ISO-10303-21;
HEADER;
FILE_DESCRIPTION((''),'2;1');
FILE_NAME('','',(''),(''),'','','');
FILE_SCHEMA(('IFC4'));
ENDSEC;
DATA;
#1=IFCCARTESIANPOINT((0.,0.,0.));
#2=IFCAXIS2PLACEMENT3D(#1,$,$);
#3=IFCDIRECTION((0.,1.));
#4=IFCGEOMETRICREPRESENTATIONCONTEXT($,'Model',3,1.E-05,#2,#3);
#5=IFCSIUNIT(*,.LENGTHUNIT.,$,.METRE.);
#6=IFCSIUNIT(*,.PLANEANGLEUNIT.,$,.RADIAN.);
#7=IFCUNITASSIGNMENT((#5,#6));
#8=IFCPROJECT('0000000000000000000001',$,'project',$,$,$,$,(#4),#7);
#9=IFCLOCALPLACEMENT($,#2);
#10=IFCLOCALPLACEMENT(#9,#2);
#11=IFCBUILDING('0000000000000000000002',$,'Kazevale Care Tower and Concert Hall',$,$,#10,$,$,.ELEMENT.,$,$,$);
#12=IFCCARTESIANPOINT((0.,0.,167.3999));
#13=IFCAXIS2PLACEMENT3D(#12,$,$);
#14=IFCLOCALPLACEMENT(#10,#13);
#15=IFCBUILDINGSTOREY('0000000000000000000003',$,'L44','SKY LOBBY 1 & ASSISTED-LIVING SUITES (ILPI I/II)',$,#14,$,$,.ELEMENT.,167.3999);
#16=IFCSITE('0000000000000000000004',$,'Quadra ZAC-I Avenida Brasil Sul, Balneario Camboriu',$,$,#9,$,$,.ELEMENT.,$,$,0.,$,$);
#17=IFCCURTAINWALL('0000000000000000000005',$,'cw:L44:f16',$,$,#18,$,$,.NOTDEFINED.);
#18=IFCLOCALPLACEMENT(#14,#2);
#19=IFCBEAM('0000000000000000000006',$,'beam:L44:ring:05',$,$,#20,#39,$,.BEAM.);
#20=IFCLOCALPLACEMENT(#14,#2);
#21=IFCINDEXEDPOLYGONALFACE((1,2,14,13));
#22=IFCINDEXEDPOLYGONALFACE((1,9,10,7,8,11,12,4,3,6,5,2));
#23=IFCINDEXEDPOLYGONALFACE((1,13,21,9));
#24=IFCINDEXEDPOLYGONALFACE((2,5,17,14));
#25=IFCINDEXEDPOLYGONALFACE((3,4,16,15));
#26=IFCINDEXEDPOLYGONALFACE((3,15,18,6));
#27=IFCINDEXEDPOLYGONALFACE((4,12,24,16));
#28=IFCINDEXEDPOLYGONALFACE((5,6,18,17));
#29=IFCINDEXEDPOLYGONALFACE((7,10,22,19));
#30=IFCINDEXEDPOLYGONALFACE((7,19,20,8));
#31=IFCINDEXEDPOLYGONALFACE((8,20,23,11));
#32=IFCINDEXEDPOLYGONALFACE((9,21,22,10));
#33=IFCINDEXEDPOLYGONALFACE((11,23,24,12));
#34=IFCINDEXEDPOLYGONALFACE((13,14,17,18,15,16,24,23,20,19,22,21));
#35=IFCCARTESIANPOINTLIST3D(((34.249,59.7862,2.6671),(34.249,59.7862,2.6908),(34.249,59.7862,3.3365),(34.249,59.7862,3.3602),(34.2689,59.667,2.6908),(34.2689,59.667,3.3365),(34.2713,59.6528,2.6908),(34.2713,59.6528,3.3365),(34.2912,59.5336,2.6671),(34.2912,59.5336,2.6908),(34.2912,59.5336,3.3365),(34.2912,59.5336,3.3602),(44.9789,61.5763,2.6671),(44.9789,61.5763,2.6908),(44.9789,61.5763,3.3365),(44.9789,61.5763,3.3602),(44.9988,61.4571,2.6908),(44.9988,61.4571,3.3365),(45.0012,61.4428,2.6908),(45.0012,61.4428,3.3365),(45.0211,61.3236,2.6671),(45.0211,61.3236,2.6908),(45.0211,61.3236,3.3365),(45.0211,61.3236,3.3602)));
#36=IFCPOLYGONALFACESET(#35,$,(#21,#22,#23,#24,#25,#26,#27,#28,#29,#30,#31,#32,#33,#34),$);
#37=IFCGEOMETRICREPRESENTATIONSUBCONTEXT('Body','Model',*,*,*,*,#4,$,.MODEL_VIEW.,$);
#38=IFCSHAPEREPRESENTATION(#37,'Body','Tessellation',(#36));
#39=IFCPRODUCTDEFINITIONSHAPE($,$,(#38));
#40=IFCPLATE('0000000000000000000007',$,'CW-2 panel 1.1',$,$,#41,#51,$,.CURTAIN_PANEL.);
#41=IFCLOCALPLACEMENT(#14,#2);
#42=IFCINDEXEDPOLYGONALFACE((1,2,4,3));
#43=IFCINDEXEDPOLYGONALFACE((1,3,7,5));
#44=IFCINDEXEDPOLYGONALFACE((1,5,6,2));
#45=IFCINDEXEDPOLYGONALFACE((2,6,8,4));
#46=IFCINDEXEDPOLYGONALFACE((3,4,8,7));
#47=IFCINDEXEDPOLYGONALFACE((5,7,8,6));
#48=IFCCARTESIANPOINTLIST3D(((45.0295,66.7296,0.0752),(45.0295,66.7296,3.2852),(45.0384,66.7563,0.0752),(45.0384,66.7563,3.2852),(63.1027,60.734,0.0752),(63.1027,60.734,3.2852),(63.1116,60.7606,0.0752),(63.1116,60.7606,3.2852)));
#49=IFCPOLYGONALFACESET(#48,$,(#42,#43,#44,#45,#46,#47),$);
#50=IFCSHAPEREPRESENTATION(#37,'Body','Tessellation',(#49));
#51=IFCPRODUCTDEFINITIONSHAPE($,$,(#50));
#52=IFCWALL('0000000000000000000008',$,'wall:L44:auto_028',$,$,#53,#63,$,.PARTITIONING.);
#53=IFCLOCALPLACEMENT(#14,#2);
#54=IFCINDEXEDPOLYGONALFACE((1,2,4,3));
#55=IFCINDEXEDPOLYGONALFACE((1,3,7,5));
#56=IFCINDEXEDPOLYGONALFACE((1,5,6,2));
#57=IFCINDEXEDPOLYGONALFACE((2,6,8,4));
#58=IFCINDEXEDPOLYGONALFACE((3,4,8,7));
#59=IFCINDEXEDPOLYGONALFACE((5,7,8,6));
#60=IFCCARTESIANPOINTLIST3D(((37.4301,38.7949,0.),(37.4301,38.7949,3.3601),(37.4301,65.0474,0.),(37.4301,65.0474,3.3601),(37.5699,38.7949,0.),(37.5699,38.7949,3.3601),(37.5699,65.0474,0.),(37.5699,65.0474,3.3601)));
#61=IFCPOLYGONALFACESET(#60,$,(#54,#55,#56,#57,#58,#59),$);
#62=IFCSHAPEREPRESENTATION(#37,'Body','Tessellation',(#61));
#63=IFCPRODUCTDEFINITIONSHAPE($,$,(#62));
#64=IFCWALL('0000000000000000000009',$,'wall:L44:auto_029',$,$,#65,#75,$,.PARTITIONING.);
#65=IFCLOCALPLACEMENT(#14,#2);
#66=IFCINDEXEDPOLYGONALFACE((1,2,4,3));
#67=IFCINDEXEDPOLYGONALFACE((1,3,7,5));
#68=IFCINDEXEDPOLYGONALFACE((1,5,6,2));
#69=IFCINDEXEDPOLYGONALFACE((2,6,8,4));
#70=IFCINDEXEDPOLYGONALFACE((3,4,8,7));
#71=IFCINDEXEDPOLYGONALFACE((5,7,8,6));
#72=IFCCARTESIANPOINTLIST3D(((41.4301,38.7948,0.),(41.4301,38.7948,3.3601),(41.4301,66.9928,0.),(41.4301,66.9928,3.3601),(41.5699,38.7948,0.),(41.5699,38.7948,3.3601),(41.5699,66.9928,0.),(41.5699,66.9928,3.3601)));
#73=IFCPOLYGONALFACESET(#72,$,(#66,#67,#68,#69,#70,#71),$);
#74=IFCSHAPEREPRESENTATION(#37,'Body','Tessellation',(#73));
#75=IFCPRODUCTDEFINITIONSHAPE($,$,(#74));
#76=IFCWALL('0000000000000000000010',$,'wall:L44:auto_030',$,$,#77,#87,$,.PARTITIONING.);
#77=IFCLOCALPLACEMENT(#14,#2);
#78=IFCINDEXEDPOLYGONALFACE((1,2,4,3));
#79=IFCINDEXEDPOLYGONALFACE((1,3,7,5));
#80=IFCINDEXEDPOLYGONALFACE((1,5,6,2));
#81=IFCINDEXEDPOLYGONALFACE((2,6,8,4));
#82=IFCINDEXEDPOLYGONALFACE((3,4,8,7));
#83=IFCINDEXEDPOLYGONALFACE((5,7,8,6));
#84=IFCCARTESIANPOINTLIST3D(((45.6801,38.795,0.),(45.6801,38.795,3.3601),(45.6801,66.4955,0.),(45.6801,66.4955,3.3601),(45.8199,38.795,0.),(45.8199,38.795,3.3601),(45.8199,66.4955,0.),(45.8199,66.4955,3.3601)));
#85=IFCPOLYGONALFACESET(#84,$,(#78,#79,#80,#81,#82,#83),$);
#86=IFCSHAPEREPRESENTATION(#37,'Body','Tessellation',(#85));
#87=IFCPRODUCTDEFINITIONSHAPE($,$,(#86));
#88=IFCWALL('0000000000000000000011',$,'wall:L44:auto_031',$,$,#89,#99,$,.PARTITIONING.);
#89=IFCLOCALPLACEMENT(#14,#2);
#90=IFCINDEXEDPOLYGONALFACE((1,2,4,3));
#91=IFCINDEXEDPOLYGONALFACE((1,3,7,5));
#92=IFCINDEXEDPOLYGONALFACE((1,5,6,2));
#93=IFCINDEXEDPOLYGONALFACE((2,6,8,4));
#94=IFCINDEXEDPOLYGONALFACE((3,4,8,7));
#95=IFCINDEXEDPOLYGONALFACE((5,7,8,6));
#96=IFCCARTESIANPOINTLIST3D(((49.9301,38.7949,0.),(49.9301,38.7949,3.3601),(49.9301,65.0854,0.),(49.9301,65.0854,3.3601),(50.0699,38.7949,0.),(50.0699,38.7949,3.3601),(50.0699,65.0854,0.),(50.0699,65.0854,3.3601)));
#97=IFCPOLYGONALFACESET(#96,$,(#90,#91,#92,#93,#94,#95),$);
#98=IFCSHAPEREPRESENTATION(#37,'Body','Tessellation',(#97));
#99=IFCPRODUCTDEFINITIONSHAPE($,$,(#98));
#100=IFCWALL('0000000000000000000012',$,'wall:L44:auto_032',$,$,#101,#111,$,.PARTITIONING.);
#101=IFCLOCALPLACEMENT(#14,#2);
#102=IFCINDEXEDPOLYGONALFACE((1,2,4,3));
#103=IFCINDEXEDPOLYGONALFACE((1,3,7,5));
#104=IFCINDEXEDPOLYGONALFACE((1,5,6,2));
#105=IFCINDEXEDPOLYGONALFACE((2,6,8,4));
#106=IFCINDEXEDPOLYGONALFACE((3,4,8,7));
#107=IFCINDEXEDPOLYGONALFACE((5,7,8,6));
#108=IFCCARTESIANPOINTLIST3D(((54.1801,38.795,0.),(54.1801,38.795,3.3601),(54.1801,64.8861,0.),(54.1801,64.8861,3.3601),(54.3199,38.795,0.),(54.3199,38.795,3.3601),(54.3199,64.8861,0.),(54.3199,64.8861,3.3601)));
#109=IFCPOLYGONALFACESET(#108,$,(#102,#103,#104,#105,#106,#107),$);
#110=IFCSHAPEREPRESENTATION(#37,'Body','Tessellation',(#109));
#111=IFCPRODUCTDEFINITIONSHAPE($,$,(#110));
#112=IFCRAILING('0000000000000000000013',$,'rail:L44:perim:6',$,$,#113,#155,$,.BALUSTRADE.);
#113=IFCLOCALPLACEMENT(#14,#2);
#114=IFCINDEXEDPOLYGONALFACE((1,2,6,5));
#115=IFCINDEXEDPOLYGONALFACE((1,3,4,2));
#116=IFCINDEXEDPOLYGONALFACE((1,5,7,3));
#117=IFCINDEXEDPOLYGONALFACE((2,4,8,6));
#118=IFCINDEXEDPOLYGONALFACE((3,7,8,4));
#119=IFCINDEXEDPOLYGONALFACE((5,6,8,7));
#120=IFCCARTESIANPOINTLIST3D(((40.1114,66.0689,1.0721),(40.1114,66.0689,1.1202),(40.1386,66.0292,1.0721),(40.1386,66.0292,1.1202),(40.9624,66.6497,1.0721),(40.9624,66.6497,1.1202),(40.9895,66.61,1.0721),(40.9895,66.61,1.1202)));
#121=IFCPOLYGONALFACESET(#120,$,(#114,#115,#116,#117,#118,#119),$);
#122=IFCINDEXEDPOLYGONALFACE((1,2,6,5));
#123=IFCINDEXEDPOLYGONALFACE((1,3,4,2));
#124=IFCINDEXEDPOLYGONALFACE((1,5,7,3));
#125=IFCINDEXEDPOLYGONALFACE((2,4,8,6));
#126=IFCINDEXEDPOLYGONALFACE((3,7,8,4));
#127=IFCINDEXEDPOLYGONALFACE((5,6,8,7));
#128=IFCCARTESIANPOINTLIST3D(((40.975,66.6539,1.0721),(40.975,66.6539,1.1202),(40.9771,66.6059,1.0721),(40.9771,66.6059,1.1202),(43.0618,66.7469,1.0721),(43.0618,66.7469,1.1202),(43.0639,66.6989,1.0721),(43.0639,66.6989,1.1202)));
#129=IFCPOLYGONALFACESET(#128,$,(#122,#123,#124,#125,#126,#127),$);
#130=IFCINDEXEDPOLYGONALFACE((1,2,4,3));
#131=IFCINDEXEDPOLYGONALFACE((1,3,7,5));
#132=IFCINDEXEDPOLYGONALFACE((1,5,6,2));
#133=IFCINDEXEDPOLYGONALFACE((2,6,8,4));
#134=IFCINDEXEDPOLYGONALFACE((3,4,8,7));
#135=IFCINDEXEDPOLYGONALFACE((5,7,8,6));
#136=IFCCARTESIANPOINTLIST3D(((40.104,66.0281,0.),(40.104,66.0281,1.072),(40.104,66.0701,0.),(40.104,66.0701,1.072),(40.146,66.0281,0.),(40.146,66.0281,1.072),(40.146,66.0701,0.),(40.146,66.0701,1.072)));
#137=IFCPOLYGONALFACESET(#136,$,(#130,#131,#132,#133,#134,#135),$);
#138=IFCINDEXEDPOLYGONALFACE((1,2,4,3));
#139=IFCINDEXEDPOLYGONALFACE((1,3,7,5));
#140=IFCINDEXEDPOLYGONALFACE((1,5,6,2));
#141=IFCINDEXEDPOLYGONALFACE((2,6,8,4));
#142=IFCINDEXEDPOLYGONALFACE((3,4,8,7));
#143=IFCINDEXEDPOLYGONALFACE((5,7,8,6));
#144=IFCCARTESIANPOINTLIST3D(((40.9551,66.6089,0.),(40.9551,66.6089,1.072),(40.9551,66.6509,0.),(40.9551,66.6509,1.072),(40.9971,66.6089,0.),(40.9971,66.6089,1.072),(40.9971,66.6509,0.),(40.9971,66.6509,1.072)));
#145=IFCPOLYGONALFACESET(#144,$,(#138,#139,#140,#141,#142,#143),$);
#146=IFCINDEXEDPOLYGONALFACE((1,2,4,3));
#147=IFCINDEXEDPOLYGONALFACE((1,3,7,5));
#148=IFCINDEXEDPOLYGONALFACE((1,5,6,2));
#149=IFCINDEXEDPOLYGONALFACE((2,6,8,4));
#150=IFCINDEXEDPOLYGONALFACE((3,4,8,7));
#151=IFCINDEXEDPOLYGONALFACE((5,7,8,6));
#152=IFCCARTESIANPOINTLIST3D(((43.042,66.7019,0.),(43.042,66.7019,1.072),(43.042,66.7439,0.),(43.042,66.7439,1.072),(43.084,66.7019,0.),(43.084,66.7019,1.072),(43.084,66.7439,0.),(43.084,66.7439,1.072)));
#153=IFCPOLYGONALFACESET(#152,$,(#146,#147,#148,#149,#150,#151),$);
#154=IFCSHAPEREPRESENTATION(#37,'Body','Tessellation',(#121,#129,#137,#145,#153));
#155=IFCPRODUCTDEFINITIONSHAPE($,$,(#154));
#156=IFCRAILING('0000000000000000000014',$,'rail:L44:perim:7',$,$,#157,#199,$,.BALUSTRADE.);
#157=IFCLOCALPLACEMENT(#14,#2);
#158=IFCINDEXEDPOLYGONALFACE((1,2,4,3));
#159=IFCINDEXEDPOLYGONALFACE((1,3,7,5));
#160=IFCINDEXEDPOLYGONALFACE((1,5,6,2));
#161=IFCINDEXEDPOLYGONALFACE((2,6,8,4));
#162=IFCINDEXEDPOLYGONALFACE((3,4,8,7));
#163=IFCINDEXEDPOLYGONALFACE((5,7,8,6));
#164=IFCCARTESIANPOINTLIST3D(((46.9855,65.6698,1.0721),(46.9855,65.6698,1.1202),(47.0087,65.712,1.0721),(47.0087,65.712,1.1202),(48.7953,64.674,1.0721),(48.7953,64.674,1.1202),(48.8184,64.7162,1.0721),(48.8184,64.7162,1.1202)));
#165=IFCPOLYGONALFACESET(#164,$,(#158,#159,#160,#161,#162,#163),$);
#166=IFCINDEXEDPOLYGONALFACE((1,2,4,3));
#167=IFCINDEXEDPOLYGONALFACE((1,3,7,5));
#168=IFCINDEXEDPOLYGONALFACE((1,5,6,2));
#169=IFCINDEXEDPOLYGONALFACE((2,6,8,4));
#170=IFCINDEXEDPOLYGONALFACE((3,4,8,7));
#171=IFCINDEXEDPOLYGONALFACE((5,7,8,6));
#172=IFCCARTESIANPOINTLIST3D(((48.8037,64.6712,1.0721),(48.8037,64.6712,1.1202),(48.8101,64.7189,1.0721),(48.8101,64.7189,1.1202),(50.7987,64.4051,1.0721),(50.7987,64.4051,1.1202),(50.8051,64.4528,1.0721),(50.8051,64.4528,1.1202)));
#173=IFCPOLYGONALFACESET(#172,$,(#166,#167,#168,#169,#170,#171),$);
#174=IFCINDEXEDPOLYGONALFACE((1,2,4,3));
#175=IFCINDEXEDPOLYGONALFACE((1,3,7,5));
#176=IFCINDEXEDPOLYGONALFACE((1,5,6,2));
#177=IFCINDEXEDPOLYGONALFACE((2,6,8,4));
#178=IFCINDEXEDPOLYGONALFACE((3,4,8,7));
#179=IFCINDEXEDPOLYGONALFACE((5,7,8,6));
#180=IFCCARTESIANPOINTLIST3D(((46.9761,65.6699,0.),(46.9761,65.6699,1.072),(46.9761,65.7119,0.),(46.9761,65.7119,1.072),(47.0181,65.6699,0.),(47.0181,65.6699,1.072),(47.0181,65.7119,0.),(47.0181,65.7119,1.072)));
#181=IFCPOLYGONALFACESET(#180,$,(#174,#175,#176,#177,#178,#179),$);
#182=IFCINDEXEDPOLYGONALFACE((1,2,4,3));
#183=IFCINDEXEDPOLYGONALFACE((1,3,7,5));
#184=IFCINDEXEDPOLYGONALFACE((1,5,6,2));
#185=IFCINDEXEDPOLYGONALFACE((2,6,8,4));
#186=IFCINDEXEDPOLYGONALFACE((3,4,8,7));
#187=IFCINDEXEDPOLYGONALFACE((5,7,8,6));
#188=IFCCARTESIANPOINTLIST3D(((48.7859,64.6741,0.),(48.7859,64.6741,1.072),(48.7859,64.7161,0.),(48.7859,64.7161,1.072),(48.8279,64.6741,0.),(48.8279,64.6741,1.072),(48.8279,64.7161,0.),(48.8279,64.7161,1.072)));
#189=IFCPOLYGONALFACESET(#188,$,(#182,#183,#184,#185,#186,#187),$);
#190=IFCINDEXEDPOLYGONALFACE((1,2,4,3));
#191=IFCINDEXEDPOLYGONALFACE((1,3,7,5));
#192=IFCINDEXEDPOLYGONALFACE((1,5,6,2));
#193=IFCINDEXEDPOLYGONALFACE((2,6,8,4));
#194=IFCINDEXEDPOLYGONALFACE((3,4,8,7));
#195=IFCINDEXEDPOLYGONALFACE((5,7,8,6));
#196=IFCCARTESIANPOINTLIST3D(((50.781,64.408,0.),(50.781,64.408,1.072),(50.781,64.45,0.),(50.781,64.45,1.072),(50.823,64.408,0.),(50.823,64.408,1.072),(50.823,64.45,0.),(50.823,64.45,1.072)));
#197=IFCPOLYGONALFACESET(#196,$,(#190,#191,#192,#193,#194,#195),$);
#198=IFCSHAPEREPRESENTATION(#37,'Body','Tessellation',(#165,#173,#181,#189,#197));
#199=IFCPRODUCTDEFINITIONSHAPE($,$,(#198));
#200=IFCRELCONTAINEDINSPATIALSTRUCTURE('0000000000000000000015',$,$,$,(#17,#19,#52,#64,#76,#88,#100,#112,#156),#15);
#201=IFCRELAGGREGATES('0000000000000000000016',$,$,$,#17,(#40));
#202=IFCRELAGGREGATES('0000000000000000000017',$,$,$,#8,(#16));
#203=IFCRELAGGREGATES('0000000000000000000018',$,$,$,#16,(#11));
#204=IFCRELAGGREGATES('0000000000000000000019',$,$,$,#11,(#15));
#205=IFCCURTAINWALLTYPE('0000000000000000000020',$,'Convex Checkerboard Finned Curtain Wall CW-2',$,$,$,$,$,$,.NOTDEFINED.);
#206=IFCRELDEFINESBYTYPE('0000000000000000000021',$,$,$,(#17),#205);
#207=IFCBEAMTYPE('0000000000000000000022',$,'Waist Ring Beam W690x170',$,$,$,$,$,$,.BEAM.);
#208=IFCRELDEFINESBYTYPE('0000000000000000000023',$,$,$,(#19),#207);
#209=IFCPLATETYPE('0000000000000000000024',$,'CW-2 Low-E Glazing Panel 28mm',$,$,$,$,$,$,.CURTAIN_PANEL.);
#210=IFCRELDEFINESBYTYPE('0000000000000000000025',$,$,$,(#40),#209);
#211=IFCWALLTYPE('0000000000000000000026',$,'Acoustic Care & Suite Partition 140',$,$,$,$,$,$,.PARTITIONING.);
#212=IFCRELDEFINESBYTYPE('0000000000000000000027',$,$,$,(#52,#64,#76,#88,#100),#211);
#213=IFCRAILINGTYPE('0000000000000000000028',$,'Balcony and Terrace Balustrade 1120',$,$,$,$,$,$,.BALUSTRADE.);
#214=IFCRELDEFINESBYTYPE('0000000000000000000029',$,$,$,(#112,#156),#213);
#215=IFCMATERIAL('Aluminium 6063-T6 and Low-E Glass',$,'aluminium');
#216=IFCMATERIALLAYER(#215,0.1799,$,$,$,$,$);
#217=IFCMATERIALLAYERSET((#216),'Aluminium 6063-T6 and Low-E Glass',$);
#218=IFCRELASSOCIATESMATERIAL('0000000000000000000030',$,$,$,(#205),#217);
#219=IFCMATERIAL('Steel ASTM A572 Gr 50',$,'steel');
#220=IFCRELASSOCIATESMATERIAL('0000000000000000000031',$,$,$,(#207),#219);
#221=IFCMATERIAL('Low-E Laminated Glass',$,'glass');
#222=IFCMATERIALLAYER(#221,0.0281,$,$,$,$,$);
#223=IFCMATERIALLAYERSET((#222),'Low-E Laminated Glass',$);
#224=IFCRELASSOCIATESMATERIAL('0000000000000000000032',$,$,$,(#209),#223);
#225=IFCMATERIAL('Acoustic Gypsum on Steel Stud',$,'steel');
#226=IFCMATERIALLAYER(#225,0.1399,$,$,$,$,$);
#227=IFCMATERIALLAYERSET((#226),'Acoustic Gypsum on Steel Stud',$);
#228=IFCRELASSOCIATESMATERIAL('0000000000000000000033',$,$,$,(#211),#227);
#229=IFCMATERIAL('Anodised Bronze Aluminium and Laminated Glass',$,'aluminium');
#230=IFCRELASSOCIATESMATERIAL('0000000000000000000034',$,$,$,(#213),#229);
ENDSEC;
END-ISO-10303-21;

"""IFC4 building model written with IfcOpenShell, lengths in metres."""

from ifc_helpers import new_model, si_unit, direction, frame, frame_2d, origin, origin_2d, place, context, subcontext, project, spatial, rectangle, i_section, extrude, material, layer, layer_set, material_profile, profile_set, type_object, element, aggregate, save


model = new_model("IFC4")

# Units and contexts
model_context = context("Model", 3, precision=1e-05, world=origin(), true_north=direction((0.0, 1.0)))
body_context = subcontext(model_context, "Body", "Model", "MODEL_VIEW")
ifc_project = project(units=[si_unit("LENGTHUNIT", "METRE"), si_unit("PLANEANGLEUNIT", "RADIAN")], contexts=[model_context])

# Site, building, storey
site_placement = place(None, origin())
site = spatial("IfcSite", under=ifc_project, at=site_placement, Name="Quadra ZAC-I Avenida Brasil Sul, Balneario Camboriu", CompositionType="ELEMENT", RefElevation=0.0)
building_placement = place(site_placement, origin())
building = spatial("IfcBuilding", under=site, at=building_placement, Name="Kazevale Care Tower and Concert Hall", CompositionType="ELEMENT")
storey_placement = place(building_placement, frame((0.0, 0.0, 167.3999)))
storey = spatial("IfcBuildingStorey", under=building, at=storey_placement, Name="L44", Description="SKY LOBBY 1 & ASSISTED-LIVING SUITES (ILPI I/II)", CompositionType="ELEMENT", Elevation=167.3999)

# Curtain wall
ifc_material_1 = material(Name="Aluminium 6063-T6 and Low-E Glass", Category="aluminium")
ifc_layer_1 = layer(ifc_material_1, 0.1799)
ifc_layer_set_1 = layer_set([ifc_layer_1], Name="Aluminium 6063-T6 and Low-E Glass")
curtain_wall_type_1 = type_object("IfcCurtainWallType", Name="Convex Checkerboard Finned Curtain Wall CW-2", PredefinedType="NOTDEFINED", material=ifc_layer_set_1)
curtain_wall_1_placement = place(storey_placement, origin())
curtain_wall_1 = element("IfcCurtainWall", 1, at=curtain_wall_1_placement, inside=storey, type_object=curtain_wall_type_1, Name="cw:L44:f16", PredefinedType="NOTDEFINED")

# Beam
ifc_material_2 = material(Name="Steel ASTM A572 Gr 50", Category="steel")
ifc_material_profile_1 = material_profile(ifc_material_2, i_section(OverallWidth=0.2561, OverallDepth=0.6931, WebThickness=0.0144, FlangeThickness=0.0237, at=origin_2d()), Name="W690x170")
ifc_profile_set_1 = profile_set([ifc_material_profile_1], Name="Steel ASTM A572 Gr 50")
beam_type_1 = type_object("IfcBeamType", Name="Waist Ring Beam W690x170", PredefinedType="BEAM", material=ifc_profile_set_1)
beam_1_placement = place(storey_placement, frame((45.0, 61.45, 3.0137), z_axis=(-0.986368, -0.164552, 0.0), x_axis=(0.164552, -0.986368, 0.0)))
element("IfcBeam", 2, at=beam_1_placement, inside=storey, type_object=beam_type_1, Name="beam:L44:ring:05", PredefinedType="BEAM", context=body_context, shape_type="SweptSolid", body=[
    extrude(i_section(OverallWidth=0.2561, OverallDepth=0.6931, WebThickness=0.0144, FlangeThickness=0.0237, at=origin_2d()), origin(), (0.0, 0.0, 1.0), 10.8782),
])

# Plate
ifc_material_3 = material(Name="Low-E Laminated Glass", Category="glass")
ifc_layer_2 = layer(ifc_material_3, 0.0281)
ifc_layer_set_2 = layer_set([ifc_layer_2], Name="Low-E Laminated Glass")
plate_type = type_object("IfcPlateType", Name="CW-2 Low-E Glazing Panel 28mm", PredefinedType="CURTAIN_PANEL", material=ifc_layer_set_2)
plate_placement = place(storey_placement, frame((54.0706, 63.7451, 0.0752), z_axis=(0.0, 0.0, 1.0), x_axis=(0.949135, -0.314868, 0.0)))
plate = element("IfcPlate", 3, at=plate_placement, type_object=plate_type, Name="CW-2 panel 1.1", PredefinedType="CURTAIN_PANEL", context=body_context, shape_type="SweptSolid", body=[
    extrude(rectangle(XDim=19.0417, YDim=0.0281, at=origin_2d()), origin(), (0.0, 0.0, 1.0), 3.21),
])
aggregate(curtain_wall_1, [plate])

# Walls
ifc_material_4 = material(Name="Acoustic Gypsum on Steel Stud", Category="steel")
ifc_layer_3 = layer(ifc_material_4, 0.1399)
ifc_layer_set_3 = layer_set([ifc_layer_3], Name="Acoustic Gypsum on Steel Stud")
wall_type = type_object("IfcWallType", Name="Acoustic Care & Suite Partition 140", PredefinedType="PARTITIONING", material=ifc_layer_set_3)
wall_1_placement = place(storey_placement, frame((37.5, 65.0474, 0.0), z_axis=(0.0, 0.0, 1.0), x_axis=(0.0, -1.0, 0.0)))
element("IfcWall", 4, at=wall_1_placement, inside=storey, type_object=wall_type, Name="wall:L44:auto_028", PredefinedType="PARTITIONING", context=body_context, shape_type="SweptSolid", body=[
    extrude(rectangle(XDim=26.2524, YDim=0.1399, at=frame_2d((13.1262, 0.0))), origin(), (0.0, 0.0, 1.0), 3.3601),
])
wall_2_placement = place(storey_placement, frame((41.5, 66.9929, 0.0), z_axis=(0.0, 0.0, 1.0), x_axis=(0.0, -1.0, 0.0)))
element("IfcWall", 5, at=wall_2_placement, inside=storey, type_object=wall_type, Name="wall:L44:auto_029", PredefinedType="PARTITIONING", context=body_context, shape_type="SweptSolid", body=[
    extrude(rectangle(XDim=28.198, YDim=0.1399, at=frame_2d((14.0991, 0.0))), origin(), (0.0, 0.0, 1.0), 3.3601),
])
wall_3_placement = place(storey_placement, frame((45.75, 66.4954, 0.0), z_axis=(0.0, 0.0, 1.0), x_axis=(0.0, -1.0, 0.0)))
element("IfcWall", 6, at=wall_3_placement, inside=storey, type_object=wall_type, Name="wall:L44:auto_030", PredefinedType="PARTITIONING", context=body_context, shape_type="SweptSolid", body=[
    extrude(rectangle(XDim=27.7004, YDim=0.1399, at=frame_2d((13.8501, 0.0))), origin(), (0.0, 0.0, 1.0), 3.3601),
])
wall_4_placement = place(storey_placement, frame((50.0, 65.0854, 0.0), z_axis=(0.0, 0.0, 1.0), x_axis=(0.0, -1.0, 0.0)))
element("IfcWall", 7, at=wall_4_placement, inside=storey, type_object=wall_type, Name="wall:L44:auto_031", PredefinedType="PARTITIONING", context=body_context, shape_type="SweptSolid", body=[
    extrude(rectangle(XDim=26.2905, YDim=0.1399, at=frame_2d((13.1453, 0.0))), origin(), (0.0, 0.0, 1.0), 3.3601),
])
wall_5_placement = place(storey_placement, frame((54.25, 64.886, 0.0), z_axis=(0.0, 0.0, 1.0), x_axis=(0.0, -1.0, 0.0)))
element("IfcWall", 8, at=wall_5_placement, inside=storey, type_object=wall_type, Name="wall:L44:auto_032", PredefinedType="PARTITIONING", context=body_context, shape_type="SweptSolid", body=[
    extrude(rectangle(XDim=26.0911, YDim=0.1399, at=frame_2d((13.0454, 0.0))), origin(), (0.0, 0.0, 1.0), 3.3601),
])

# Railings
ifc_material_5 = material(Name="Anodised Bronze Aluminium and Laminated Glass", Category="aluminium")
railing_type = type_object("IfcRailingType", Name="Balcony and Terrace Balustrade 1120", PredefinedType="BALUSTRADE", material=ifc_material_5)
railing_1_placement = place(storey_placement, frame((40.125, 66.0491, 0.0)))
element("IfcRailing", 9, at=railing_1_placement, inside=storey, type_object=railing_type, Name="rail:L44:perim:6", PredefinedType="BALUSTRADE", context=body_context, shape_type="SweptSolid", body=[
    extrude(rectangle(XDim=0.0481, YDim=0.0481, at=origin_2d()), frame((0.0, 0.0, 1.0962), z_axis=(0.825987, 0.56369, 0.0), x_axis=(-0.56369, 0.825987, 0.0)), (0.0, 0.0, 1.0), 1.0303),
    extrude(rectangle(XDim=0.0481, YDim=0.0481, at=origin_2d()), frame((0.8511, 0.5808, 1.0962), z_axis=(0.999008, 0.044528, 0.0), x_axis=(-0.044528, 0.999008, 0.0)), (0.0, 0.0, 1.0), 2.0889),
    extrude(rectangle(XDim=0.042, YDim=0.042, at=origin_2d()), origin(), (0.0, 0.0, 1.0), 1.072),
    extrude(rectangle(XDim=0.042, YDim=0.042, at=origin_2d()), frame((0.8511, 0.5808, 0.0)), (0.0, 0.0, 1.0), 1.072),
    extrude(rectangle(XDim=0.042, YDim=0.042, at=origin_2d()), frame((2.938, 0.6738, 0.0)), (0.0, 0.0, 1.0), 1.072),
])
railing_2_placement = place(storey_placement, frame((46.9971, 65.6909, 0.0)))
element("IfcRailing", 10, at=railing_2_placement, inside=storey, type_object=railing_type, Name="rail:L44:perim:7", PredefinedType="BALUSTRADE", context=body_context, shape_type="SweptSolid", body=[
    extrude(rectangle(XDim=0.0481, YDim=0.0481, at=origin_2d()), frame((0.0, 0.0, 1.0962), z_axis=(0.876124, -0.482087, 0.0), x_axis=(0.482087, 0.876124, 0.0)), (0.0, 0.0, 1.0), 2.0657),
    extrude(rectangle(XDim=0.0481, YDim=0.0481, at=origin_2d()), frame((1.8098, -0.9958, 1.0962), z_axis=(0.991222, -0.132211, 0.0), x_axis=(0.132211, 0.991222, 0.0)), (0.0, 0.0, 1.0), 2.0127),
    extrude(rectangle(XDim=0.042, YDim=0.042, at=origin_2d()), origin(), (0.0, 0.0, 1.0), 1.072),
    extrude(rectangle(XDim=0.042, YDim=0.042, at=origin_2d()), frame((1.8098, -0.9958, 0.0)), (0.0, 0.0, 1.0), 1.072),
    extrude(rectangle(XDim=0.042, YDim=0.042, at=origin_2d()), frame((3.8049, -1.262, 0.0)), (0.0, 0.0, 1.0), 1.072),
])

save(model, "model.ifc")
